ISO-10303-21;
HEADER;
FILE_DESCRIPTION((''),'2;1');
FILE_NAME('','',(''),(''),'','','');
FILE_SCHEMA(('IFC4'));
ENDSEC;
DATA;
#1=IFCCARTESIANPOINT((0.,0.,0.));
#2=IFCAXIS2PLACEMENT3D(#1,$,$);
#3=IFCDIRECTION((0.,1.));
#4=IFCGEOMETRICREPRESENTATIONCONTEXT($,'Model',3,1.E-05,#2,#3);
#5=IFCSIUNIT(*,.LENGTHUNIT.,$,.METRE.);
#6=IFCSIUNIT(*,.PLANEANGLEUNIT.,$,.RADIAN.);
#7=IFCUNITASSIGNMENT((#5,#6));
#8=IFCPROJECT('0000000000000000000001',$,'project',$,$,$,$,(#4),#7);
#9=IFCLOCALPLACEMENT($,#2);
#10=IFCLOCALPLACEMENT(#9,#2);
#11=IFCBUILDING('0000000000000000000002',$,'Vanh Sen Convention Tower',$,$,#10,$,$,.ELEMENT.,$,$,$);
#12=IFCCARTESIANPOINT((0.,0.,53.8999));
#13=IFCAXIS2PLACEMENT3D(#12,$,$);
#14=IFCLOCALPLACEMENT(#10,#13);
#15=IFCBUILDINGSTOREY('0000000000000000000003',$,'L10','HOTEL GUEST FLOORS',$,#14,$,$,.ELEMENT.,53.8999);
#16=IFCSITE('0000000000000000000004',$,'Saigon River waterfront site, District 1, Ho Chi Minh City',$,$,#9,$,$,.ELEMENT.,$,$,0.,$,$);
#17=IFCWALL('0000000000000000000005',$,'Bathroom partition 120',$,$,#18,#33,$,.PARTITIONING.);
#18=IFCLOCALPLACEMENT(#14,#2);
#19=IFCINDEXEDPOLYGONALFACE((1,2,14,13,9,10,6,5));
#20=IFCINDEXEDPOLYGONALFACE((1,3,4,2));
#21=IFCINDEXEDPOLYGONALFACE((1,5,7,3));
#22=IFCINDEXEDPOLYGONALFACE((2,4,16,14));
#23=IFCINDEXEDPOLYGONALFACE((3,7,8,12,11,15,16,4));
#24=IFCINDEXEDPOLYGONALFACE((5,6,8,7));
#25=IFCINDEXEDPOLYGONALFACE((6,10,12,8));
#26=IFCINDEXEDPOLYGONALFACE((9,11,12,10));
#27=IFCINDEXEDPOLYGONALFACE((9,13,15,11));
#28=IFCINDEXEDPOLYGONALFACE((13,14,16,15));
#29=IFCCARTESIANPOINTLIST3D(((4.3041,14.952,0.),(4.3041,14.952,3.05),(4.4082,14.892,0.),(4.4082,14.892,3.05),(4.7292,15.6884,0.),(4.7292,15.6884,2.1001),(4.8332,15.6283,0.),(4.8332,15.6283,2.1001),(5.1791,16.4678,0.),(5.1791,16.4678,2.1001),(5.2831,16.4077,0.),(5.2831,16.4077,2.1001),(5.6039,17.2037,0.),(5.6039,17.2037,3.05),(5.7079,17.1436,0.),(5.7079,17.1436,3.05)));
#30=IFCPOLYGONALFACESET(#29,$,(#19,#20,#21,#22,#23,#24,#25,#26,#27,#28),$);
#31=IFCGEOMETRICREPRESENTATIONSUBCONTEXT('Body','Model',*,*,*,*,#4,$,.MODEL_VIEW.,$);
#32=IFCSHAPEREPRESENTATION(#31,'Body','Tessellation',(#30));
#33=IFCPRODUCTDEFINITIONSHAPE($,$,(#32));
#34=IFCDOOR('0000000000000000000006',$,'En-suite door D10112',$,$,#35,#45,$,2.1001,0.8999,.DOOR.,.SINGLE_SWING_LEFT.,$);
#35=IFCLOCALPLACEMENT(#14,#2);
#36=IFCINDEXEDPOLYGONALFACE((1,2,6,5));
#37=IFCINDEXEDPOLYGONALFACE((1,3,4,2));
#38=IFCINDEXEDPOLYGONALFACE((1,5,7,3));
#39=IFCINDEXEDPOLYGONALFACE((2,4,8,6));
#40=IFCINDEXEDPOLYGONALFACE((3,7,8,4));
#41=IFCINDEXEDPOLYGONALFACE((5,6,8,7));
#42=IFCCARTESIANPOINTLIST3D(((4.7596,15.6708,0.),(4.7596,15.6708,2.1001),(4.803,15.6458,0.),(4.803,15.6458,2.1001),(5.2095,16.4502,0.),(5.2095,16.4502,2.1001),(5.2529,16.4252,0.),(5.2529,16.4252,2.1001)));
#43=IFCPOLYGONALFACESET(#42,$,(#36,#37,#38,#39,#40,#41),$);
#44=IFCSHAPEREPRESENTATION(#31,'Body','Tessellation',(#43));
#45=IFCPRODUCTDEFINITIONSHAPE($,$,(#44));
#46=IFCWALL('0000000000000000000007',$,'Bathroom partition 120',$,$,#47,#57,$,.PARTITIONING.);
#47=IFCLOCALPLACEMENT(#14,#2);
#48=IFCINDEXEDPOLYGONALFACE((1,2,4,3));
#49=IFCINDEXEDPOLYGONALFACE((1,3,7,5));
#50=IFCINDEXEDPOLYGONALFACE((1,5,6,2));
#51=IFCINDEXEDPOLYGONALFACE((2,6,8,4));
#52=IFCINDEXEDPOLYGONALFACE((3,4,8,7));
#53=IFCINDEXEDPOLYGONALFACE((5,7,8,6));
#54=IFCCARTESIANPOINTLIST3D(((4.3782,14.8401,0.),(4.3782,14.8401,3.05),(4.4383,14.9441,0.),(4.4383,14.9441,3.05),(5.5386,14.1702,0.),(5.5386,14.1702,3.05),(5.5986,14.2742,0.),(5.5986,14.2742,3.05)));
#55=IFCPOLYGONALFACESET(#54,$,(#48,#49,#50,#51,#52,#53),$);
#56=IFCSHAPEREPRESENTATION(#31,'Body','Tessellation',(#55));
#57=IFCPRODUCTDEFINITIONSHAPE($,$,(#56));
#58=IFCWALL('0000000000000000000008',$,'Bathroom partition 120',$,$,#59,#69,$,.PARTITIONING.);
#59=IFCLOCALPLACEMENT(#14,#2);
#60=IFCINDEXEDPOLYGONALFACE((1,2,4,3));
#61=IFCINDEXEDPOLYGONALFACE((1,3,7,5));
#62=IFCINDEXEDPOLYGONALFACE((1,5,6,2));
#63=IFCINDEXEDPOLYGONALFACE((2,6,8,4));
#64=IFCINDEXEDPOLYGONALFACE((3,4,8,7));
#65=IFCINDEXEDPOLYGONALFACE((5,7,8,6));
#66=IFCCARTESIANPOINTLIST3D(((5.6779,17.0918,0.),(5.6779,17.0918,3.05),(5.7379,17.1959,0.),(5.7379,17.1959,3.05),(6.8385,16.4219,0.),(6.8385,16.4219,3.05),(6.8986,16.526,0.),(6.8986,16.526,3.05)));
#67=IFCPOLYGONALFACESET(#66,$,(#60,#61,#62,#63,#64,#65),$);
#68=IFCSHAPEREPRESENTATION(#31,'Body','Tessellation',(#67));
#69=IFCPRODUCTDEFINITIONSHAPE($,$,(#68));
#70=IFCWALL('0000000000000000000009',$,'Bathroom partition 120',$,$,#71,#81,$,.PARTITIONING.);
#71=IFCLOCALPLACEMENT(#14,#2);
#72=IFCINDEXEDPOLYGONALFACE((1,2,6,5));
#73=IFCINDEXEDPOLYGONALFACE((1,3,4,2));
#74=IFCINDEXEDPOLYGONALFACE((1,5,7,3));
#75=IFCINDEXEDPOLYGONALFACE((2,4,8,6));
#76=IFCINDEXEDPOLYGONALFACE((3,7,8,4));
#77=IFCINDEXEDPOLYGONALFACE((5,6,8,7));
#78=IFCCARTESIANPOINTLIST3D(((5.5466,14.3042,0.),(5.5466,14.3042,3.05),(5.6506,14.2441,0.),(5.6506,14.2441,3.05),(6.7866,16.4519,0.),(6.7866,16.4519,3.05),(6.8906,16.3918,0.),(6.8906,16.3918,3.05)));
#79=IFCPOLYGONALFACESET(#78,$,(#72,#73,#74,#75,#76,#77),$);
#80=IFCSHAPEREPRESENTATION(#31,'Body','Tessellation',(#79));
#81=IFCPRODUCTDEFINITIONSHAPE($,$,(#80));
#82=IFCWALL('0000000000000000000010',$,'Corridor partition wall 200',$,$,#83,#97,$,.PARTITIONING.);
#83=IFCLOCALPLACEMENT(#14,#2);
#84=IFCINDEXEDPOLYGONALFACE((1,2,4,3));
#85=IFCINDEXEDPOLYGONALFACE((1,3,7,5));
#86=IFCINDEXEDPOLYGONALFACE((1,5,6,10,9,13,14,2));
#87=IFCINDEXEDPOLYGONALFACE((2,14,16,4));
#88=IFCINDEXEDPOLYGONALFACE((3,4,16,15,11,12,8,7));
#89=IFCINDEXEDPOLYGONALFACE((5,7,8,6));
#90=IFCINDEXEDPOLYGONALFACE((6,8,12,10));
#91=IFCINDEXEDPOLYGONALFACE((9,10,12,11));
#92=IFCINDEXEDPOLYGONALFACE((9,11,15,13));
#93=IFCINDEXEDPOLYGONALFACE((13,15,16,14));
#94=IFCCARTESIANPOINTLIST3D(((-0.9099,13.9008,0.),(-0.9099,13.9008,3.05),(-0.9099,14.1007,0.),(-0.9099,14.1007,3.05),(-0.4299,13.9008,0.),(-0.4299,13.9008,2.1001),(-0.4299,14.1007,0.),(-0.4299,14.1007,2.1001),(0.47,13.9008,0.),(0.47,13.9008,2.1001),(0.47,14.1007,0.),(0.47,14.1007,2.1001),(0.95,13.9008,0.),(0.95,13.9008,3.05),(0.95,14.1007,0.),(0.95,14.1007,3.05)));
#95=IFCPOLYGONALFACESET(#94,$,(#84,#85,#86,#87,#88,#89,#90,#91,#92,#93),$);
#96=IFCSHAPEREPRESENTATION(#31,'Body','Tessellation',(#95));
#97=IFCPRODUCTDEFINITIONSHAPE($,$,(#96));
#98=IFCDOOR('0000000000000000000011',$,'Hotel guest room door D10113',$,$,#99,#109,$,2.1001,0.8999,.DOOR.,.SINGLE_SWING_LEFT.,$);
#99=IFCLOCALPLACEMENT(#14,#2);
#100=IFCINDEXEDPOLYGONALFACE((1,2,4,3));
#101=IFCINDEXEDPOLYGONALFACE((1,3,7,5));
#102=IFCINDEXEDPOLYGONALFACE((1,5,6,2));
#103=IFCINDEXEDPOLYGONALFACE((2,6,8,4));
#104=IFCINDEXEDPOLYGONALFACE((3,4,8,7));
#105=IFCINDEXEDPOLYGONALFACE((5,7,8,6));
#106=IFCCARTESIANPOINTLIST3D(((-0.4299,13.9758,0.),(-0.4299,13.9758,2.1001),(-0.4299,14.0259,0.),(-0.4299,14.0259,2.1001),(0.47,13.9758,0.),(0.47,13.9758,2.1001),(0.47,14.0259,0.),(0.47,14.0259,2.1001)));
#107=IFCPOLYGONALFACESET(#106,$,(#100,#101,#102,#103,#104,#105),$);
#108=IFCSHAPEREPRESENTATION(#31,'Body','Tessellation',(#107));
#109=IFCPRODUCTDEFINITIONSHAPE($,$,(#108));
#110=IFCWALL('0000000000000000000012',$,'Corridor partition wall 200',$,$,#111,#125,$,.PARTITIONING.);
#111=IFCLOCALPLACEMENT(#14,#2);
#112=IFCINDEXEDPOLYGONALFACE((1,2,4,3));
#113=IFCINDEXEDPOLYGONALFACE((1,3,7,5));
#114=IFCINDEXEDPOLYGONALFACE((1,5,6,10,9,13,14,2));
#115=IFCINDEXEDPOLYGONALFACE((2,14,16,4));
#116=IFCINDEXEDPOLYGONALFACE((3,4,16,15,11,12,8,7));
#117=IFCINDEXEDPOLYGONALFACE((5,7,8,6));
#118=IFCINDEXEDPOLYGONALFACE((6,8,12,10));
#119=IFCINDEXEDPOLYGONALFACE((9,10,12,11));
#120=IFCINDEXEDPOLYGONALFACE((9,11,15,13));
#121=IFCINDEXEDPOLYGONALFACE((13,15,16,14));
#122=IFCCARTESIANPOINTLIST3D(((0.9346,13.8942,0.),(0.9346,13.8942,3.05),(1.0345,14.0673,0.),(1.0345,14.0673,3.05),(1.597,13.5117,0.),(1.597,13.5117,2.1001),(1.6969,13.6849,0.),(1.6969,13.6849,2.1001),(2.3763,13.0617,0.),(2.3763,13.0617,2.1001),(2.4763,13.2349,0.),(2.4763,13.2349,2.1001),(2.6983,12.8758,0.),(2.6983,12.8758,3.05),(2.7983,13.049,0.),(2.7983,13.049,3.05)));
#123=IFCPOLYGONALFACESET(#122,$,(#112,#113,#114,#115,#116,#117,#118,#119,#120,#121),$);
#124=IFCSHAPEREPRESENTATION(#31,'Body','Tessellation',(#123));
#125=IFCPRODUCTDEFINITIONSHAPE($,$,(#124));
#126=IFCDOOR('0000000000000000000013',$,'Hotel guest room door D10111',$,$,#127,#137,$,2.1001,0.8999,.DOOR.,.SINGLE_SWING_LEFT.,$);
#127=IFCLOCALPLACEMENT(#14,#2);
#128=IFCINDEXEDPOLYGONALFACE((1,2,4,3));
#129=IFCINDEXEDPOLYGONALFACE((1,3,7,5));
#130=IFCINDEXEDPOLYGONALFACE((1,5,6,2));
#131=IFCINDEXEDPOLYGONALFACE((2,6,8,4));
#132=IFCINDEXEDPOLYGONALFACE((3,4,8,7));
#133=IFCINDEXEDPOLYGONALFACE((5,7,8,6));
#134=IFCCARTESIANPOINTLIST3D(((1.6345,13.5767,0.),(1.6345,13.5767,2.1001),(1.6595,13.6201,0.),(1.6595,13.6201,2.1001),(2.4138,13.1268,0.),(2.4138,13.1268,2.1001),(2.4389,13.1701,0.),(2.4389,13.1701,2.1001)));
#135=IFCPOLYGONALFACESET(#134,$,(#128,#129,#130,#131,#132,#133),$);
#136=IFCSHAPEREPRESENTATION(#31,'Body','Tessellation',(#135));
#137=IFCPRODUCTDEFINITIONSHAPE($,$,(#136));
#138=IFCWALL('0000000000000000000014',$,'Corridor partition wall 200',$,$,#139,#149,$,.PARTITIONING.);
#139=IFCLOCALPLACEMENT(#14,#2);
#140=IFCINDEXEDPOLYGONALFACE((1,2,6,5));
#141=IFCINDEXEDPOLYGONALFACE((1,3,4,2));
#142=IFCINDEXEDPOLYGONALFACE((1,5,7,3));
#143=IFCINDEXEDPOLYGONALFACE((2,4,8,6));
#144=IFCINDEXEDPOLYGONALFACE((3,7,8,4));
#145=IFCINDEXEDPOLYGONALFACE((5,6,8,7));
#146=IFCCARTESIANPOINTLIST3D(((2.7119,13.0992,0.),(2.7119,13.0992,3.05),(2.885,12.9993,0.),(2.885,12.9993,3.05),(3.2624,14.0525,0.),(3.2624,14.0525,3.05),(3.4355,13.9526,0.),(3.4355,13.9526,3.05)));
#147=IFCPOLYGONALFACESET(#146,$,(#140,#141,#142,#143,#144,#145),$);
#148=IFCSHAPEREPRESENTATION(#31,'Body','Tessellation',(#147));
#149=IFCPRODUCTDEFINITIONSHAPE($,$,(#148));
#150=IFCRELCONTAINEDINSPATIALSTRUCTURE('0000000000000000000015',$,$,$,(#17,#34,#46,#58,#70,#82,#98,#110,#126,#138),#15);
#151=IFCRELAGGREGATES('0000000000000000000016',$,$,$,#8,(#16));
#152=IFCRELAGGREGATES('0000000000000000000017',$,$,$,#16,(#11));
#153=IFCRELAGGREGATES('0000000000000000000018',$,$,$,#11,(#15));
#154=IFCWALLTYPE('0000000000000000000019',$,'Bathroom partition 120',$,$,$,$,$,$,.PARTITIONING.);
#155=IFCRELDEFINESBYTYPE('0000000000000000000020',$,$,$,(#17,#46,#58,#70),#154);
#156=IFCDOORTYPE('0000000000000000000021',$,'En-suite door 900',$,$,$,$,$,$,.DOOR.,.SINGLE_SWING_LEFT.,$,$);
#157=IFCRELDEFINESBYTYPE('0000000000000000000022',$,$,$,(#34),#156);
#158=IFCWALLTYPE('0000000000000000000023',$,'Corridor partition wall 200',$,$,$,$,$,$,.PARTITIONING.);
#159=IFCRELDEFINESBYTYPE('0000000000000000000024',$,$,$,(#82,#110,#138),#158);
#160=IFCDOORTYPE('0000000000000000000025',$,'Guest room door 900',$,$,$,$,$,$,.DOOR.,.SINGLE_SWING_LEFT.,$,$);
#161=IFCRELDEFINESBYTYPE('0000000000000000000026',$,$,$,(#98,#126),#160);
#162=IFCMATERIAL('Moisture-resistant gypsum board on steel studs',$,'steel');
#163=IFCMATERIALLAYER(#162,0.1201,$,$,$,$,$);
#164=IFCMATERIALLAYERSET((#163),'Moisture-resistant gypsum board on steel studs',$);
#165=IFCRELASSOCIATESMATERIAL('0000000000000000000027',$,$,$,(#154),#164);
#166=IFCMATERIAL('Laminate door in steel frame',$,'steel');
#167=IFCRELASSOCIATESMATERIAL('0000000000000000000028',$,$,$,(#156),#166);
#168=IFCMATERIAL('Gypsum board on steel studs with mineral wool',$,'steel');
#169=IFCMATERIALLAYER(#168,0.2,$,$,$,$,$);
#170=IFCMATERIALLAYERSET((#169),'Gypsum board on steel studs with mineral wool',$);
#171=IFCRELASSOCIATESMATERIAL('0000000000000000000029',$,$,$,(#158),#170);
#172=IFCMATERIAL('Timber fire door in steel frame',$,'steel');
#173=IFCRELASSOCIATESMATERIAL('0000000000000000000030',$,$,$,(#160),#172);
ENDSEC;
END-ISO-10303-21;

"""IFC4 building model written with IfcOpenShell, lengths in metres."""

from ifc_helpers import new_model, si_unit, direction, frame, frame_2d, origin, place, context, subcontext, project, spatial, rectangle, extrude, material, layer, layer_set, type_object, element, fill, save


model = new_model("IFC4")

# Units and contexts
model_context = context("Model", 3, precision=1e-05, world=origin(), true_north=direction((0.0, 1.0)))
body_context = subcontext(model_context, "Body", "Model", "MODEL_VIEW")
ifc_project = project(units=[si_unit("LENGTHUNIT", "METRE"), si_unit("PLANEANGLEUNIT", "RADIAN")], contexts=[model_context])

# Site, building, storey
site_placement = place(None, origin())
site = spatial("IfcSite", under=ifc_project, at=site_placement, Name="Saigon River waterfront site, District 1, Ho Chi Minh City", CompositionType="ELEMENT", RefElevation=0.0)
building_placement = place(site_placement, origin())
building = spatial("IfcBuilding", under=site, at=building_placement, Name="Vanh Sen Convention Tower", CompositionType="ELEMENT")
storey_placement = place(building_placement, frame((0.0, 0.0, 53.8999)))
storey = spatial("IfcBuildingStorey", under=building, at=storey_placement, Name="L10", Description="HOTEL GUEST FLOORS", CompositionType="ELEMENT", Elevation=53.8999)

# Wall, opening, door
ifc_material_1 = material(Name="Moisture-resistant gypsum board on steel studs", Category="steel")
ifc_layer_1 = layer(ifc_material_1, 0.1201)
ifc_layer_set_1 = layer_set([ifc_layer_1], Name="Moisture-resistant gypsum board on steel studs")
wall_type_1 = type_object("IfcWallType", Name="Bathroom partition 120", PredefinedType="PARTITIONING", material=ifc_layer_set_1)
wall_1_placement = place(storey_placement, frame((4.3562, 14.9221, 0.0), z_axis=(0.0, 0.0, 1.0), x_axis=(0.499937, 0.866062, 0.0)))
wall_1 = element("IfcWall", 1, at=wall_1_placement, inside=storey, type_object=wall_type_1, Name="Bathroom partition 120", PredefinedType="PARTITIONING", context=body_context, shape_type="SweptSolid", body=[
    extrude(rectangle(XDim=2.5999, YDim=0.1201, at=frame_2d((1.2998, 0.0))), origin(), (0.0, 0.0, 1.0), 3.05),
])
opening_1_placement = place(wall_1_placement, frame((0.8501, 0.0, 0.0)))
opening_1 = element("IfcOpeningElement", 2, at=opening_1_placement, cuts=wall_1, PredefinedType="OPENING", context=body_context, shape_type="SweptSolid", body=[
    extrude(rectangle(XDim=0.8999, YDim=2.1001, at=frame_2d((0.45, 1.05))), frame((0.0, 0.0701, 0.0), z_axis=(0.0, -1.0, 0.0), x_axis=(1.0, 0.0, 0.0)), (0.0, 0.0, 1.0), 0.1401),
])
ifc_material_2 = material(Name="Laminate door in steel frame", Category="steel")
door_type_1 = type_object("IfcDoorType", Name="En-suite door 900", OperationType="SINGLE_SWING_LEFT", PredefinedType="DOOR", material=ifc_material_2)
door_1_placement = place(opening_1_placement, origin())
door_1 = element("IfcDoor", 3, at=door_1_placement, inside=storey, type_object=door_type_1, Name="En-suite door D10112", OperationType="SINGLE_SWING_LEFT", OverallHeight=2.1001, OverallWidth=0.8999, PredefinedType="DOOR", context=body_context, shape_type="SweptSolid", body=[
    extrude(rectangle(XDim=0.8999, YDim=2.1001, at=frame_2d((0.45, 1.05))), frame((0.0, 0.0249, 0.0), z_axis=(0.0, -1.0, 0.0), x_axis=(1.0, 0.0, 0.0)), (0.0, 0.0, 1.0), 0.05),
])
fill(opening_1, door_1)

# Walls
wall_2_placement = place(storey_placement, frame((5.5686, 14.2222, 0.0), z_axis=(0.0, 0.0, 1.0), x_axis=(-0.866037, 0.49998, 0.0)))
element("IfcWall", 4, at=wall_2_placement, inside=storey, type_object=wall_type_1, Name="Bathroom partition 120", PredefinedType="PARTITIONING", context=body_context, shape_type="SweptSolid", body=[
    extrude(rectangle(XDim=1.3398, YDim=0.1201, at=frame_2d((0.6699, 0.0))), origin(), (0.0, 0.0, 1.0), 3.05),
])
wall_3_placement = place(storey_placement, frame((5.708, 17.1438, 0.0), z_axis=(0.0, 0.0, 1.0), x_axis=(0.866082, -0.499901, 0.0)))
element("IfcWall", 5, at=wall_3_placement, inside=storey, type_object=wall_type_1, Name="Bathroom partition 120", PredefinedType="PARTITIONING", context=body_context, shape_type="SweptSolid", body=[
    extrude(rectangle(XDim=1.3401, YDim=0.1201, at=frame_2d((0.6699, 0.0))), origin(), (0.0, 0.0, 1.0), 3.05),
])
wall_4_placement = place(storey_placement, frame((6.8386, 16.4219, 0.0), z_axis=(0.0, 0.0, 1.0), x_axis=(-0.500004, -0.866023, 0.0)))
element("IfcWall", 6, at=wall_4_placement, inside=storey, type_object=wall_type_1, Name="Bathroom partition 120", PredefinedType="PARTITIONING", context=body_context, shape_type="SweptSolid", body=[
    extrude(rectangle(XDim=2.48, YDim=0.1201, at=frame_2d((1.24, 0.0))), origin(), (0.0, 0.0, 1.0), 3.05),
])

# Walls, openings, doors
ifc_material_3 = material(Name="Gypsum board on steel studs with mineral wool", Category="steel")
ifc_layer_2 = layer(ifc_material_3, 0.2)
ifc_layer_set_2 = layer_set([ifc_layer_2], Name="Gypsum board on steel studs with mineral wool")
wall_type_2 = type_object("IfcWallType", Name="Corridor partition wall 200", PredefinedType="PARTITIONING", material=ifc_layer_set_2)
wall_5_placement = place(storey_placement, frame((0.95, 14.0007, 0.0), z_axis=(0.0, 0.0, 1.0), x_axis=(-1.0, 0.0, 0.0)))
wall_5 = element("IfcWall", 7, at=wall_5_placement, inside=storey, type_object=wall_type_2, Name="Corridor partition wall 200", PredefinedType="PARTITIONING", context=body_context, shape_type="SweptSolid", body=[
    extrude(rectangle(XDim=1.8599, YDim=0.2, at=frame_2d((0.9299, 0.0))), origin(), (0.0, 0.0, 1.0), 3.05),
])
opening_2_placement = place(wall_5_placement, frame((0.48, 0.0, 0.0)))
opening_2 = element("IfcOpeningElement", 8, at=opening_2_placement, cuts=wall_5, PredefinedType="OPENING", context=body_context, shape_type="SweptSolid", body=[
    extrude(rectangle(XDim=0.8999, YDim=2.1001, at=frame_2d((0.45, 1.05))), frame((0.0, 0.1099, 0.0), z_axis=(0.0, -1.0, 0.0), x_axis=(1.0, 0.0, 0.0)), (0.0, 0.0, 1.0), 0.22),
])
ifc_material_4 = material(Name="Timber fire door in steel frame", Category="steel")
door_type_2 = type_object("IfcDoorType", Name="Guest room door 900", OperationType="SINGLE_SWING_LEFT", PredefinedType="DOOR", material=ifc_material_4)
door_2_placement = place(opening_2_placement, origin())
door_2 = element("IfcDoor", 9, at=door_2_placement, inside=storey, type_object=door_type_2, Name="Hotel guest room door D10113", OperationType="SINGLE_SWING_LEFT", OverallHeight=2.1001, OverallWidth=0.8999, PredefinedType="DOOR", context=body_context, shape_type="SweptSolid", body=[
    extrude(rectangle(XDim=0.8999, YDim=2.1001, at=frame_2d((0.45, 1.05))), frame((0.0, 0.0249, 0.0), z_axis=(0.0, -1.0, 0.0), x_axis=(1.0, 0.0, 0.0)), (0.0, 0.0, 1.0), 0.05),
])
fill(opening_2, door_2)
wall_6_placement = place(storey_placement, frame((2.7483, 12.9624, 0.0), z_axis=(0.0, 0.0, 1.0), x_axis=(-0.866014, 0.50002, 0.0)))
wall_6 = element("IfcWall", 10, at=wall_6_placement, inside=storey, type_object=wall_type_2, Name="Corridor partition wall 200", PredefinedType="PARTITIONING", context=body_context, shape_type="SweptSolid", body=[
    extrude(rectangle(XDim=2.0366, YDim=0.2, at=frame_2d((1.0183, 0.0))), origin(), (0.0, 0.0, 1.0), 3.05),
])
opening_3_placement = place(wall_6_placement, frame((0.3718, 0.0, 0.0)))
opening_3 = element("IfcOpeningElement", 11, at=opening_3_placement, cuts=wall_6, PredefinedType="OPENING", context=body_context, shape_type="SweptSolid", body=[
    extrude(rectangle(XDim=0.8999, YDim=2.1001, at=frame_2d((0.45, 1.05))), frame((0.0, 0.1099, 0.0), z_axis=(0.0, -1.0, 0.0), x_axis=(1.0, 0.0, 0.0)), (0.0, 0.0, 1.0), 0.22),
])
door_3_placement = place(opening_3_placement, origin())
door_3 = element("IfcDoor", 12, at=door_3_placement, inside=storey, type_object=door_type_2, Name="Hotel guest room door D10111", OperationType="SINGLE_SWING_LEFT", OverallHeight=2.1001, OverallWidth=0.8999, PredefinedType="DOOR", context=body_context, shape_type="SweptSolid", body=[
    extrude(rectangle(XDim=0.8999, YDim=2.1001, at=frame_2d((0.45, 1.05))), frame((0.0, 0.0249, 0.0), z_axis=(0.0, -1.0, 0.0), x_axis=(1.0, 0.0, 0.0)), (0.0, 0.0, 1.0), 0.05),
])
fill(opening_3, door_3)

# Wall
wall_7_placement = place(storey_placement, frame((3.3489, 14.0024, 0.0), z_axis=(0.0, 0.0, 1.0), x_axis=(-0.500074, -0.865982, 0.0)))
element("IfcWall", 13, at=wall_7_placement, inside=storey, type_object=wall_type_2, Name="Corridor partition wall 200", PredefinedType="PARTITIONING", context=body_context, shape_type="SweptSolid", body=[
    extrude(rectangle(XDim=1.1008, YDim=0.2, at=frame_2d((0.5503, 0.0))), origin(), (0.0, 0.0, 1.0), 3.05),
])

save(model, "model.ifc")
